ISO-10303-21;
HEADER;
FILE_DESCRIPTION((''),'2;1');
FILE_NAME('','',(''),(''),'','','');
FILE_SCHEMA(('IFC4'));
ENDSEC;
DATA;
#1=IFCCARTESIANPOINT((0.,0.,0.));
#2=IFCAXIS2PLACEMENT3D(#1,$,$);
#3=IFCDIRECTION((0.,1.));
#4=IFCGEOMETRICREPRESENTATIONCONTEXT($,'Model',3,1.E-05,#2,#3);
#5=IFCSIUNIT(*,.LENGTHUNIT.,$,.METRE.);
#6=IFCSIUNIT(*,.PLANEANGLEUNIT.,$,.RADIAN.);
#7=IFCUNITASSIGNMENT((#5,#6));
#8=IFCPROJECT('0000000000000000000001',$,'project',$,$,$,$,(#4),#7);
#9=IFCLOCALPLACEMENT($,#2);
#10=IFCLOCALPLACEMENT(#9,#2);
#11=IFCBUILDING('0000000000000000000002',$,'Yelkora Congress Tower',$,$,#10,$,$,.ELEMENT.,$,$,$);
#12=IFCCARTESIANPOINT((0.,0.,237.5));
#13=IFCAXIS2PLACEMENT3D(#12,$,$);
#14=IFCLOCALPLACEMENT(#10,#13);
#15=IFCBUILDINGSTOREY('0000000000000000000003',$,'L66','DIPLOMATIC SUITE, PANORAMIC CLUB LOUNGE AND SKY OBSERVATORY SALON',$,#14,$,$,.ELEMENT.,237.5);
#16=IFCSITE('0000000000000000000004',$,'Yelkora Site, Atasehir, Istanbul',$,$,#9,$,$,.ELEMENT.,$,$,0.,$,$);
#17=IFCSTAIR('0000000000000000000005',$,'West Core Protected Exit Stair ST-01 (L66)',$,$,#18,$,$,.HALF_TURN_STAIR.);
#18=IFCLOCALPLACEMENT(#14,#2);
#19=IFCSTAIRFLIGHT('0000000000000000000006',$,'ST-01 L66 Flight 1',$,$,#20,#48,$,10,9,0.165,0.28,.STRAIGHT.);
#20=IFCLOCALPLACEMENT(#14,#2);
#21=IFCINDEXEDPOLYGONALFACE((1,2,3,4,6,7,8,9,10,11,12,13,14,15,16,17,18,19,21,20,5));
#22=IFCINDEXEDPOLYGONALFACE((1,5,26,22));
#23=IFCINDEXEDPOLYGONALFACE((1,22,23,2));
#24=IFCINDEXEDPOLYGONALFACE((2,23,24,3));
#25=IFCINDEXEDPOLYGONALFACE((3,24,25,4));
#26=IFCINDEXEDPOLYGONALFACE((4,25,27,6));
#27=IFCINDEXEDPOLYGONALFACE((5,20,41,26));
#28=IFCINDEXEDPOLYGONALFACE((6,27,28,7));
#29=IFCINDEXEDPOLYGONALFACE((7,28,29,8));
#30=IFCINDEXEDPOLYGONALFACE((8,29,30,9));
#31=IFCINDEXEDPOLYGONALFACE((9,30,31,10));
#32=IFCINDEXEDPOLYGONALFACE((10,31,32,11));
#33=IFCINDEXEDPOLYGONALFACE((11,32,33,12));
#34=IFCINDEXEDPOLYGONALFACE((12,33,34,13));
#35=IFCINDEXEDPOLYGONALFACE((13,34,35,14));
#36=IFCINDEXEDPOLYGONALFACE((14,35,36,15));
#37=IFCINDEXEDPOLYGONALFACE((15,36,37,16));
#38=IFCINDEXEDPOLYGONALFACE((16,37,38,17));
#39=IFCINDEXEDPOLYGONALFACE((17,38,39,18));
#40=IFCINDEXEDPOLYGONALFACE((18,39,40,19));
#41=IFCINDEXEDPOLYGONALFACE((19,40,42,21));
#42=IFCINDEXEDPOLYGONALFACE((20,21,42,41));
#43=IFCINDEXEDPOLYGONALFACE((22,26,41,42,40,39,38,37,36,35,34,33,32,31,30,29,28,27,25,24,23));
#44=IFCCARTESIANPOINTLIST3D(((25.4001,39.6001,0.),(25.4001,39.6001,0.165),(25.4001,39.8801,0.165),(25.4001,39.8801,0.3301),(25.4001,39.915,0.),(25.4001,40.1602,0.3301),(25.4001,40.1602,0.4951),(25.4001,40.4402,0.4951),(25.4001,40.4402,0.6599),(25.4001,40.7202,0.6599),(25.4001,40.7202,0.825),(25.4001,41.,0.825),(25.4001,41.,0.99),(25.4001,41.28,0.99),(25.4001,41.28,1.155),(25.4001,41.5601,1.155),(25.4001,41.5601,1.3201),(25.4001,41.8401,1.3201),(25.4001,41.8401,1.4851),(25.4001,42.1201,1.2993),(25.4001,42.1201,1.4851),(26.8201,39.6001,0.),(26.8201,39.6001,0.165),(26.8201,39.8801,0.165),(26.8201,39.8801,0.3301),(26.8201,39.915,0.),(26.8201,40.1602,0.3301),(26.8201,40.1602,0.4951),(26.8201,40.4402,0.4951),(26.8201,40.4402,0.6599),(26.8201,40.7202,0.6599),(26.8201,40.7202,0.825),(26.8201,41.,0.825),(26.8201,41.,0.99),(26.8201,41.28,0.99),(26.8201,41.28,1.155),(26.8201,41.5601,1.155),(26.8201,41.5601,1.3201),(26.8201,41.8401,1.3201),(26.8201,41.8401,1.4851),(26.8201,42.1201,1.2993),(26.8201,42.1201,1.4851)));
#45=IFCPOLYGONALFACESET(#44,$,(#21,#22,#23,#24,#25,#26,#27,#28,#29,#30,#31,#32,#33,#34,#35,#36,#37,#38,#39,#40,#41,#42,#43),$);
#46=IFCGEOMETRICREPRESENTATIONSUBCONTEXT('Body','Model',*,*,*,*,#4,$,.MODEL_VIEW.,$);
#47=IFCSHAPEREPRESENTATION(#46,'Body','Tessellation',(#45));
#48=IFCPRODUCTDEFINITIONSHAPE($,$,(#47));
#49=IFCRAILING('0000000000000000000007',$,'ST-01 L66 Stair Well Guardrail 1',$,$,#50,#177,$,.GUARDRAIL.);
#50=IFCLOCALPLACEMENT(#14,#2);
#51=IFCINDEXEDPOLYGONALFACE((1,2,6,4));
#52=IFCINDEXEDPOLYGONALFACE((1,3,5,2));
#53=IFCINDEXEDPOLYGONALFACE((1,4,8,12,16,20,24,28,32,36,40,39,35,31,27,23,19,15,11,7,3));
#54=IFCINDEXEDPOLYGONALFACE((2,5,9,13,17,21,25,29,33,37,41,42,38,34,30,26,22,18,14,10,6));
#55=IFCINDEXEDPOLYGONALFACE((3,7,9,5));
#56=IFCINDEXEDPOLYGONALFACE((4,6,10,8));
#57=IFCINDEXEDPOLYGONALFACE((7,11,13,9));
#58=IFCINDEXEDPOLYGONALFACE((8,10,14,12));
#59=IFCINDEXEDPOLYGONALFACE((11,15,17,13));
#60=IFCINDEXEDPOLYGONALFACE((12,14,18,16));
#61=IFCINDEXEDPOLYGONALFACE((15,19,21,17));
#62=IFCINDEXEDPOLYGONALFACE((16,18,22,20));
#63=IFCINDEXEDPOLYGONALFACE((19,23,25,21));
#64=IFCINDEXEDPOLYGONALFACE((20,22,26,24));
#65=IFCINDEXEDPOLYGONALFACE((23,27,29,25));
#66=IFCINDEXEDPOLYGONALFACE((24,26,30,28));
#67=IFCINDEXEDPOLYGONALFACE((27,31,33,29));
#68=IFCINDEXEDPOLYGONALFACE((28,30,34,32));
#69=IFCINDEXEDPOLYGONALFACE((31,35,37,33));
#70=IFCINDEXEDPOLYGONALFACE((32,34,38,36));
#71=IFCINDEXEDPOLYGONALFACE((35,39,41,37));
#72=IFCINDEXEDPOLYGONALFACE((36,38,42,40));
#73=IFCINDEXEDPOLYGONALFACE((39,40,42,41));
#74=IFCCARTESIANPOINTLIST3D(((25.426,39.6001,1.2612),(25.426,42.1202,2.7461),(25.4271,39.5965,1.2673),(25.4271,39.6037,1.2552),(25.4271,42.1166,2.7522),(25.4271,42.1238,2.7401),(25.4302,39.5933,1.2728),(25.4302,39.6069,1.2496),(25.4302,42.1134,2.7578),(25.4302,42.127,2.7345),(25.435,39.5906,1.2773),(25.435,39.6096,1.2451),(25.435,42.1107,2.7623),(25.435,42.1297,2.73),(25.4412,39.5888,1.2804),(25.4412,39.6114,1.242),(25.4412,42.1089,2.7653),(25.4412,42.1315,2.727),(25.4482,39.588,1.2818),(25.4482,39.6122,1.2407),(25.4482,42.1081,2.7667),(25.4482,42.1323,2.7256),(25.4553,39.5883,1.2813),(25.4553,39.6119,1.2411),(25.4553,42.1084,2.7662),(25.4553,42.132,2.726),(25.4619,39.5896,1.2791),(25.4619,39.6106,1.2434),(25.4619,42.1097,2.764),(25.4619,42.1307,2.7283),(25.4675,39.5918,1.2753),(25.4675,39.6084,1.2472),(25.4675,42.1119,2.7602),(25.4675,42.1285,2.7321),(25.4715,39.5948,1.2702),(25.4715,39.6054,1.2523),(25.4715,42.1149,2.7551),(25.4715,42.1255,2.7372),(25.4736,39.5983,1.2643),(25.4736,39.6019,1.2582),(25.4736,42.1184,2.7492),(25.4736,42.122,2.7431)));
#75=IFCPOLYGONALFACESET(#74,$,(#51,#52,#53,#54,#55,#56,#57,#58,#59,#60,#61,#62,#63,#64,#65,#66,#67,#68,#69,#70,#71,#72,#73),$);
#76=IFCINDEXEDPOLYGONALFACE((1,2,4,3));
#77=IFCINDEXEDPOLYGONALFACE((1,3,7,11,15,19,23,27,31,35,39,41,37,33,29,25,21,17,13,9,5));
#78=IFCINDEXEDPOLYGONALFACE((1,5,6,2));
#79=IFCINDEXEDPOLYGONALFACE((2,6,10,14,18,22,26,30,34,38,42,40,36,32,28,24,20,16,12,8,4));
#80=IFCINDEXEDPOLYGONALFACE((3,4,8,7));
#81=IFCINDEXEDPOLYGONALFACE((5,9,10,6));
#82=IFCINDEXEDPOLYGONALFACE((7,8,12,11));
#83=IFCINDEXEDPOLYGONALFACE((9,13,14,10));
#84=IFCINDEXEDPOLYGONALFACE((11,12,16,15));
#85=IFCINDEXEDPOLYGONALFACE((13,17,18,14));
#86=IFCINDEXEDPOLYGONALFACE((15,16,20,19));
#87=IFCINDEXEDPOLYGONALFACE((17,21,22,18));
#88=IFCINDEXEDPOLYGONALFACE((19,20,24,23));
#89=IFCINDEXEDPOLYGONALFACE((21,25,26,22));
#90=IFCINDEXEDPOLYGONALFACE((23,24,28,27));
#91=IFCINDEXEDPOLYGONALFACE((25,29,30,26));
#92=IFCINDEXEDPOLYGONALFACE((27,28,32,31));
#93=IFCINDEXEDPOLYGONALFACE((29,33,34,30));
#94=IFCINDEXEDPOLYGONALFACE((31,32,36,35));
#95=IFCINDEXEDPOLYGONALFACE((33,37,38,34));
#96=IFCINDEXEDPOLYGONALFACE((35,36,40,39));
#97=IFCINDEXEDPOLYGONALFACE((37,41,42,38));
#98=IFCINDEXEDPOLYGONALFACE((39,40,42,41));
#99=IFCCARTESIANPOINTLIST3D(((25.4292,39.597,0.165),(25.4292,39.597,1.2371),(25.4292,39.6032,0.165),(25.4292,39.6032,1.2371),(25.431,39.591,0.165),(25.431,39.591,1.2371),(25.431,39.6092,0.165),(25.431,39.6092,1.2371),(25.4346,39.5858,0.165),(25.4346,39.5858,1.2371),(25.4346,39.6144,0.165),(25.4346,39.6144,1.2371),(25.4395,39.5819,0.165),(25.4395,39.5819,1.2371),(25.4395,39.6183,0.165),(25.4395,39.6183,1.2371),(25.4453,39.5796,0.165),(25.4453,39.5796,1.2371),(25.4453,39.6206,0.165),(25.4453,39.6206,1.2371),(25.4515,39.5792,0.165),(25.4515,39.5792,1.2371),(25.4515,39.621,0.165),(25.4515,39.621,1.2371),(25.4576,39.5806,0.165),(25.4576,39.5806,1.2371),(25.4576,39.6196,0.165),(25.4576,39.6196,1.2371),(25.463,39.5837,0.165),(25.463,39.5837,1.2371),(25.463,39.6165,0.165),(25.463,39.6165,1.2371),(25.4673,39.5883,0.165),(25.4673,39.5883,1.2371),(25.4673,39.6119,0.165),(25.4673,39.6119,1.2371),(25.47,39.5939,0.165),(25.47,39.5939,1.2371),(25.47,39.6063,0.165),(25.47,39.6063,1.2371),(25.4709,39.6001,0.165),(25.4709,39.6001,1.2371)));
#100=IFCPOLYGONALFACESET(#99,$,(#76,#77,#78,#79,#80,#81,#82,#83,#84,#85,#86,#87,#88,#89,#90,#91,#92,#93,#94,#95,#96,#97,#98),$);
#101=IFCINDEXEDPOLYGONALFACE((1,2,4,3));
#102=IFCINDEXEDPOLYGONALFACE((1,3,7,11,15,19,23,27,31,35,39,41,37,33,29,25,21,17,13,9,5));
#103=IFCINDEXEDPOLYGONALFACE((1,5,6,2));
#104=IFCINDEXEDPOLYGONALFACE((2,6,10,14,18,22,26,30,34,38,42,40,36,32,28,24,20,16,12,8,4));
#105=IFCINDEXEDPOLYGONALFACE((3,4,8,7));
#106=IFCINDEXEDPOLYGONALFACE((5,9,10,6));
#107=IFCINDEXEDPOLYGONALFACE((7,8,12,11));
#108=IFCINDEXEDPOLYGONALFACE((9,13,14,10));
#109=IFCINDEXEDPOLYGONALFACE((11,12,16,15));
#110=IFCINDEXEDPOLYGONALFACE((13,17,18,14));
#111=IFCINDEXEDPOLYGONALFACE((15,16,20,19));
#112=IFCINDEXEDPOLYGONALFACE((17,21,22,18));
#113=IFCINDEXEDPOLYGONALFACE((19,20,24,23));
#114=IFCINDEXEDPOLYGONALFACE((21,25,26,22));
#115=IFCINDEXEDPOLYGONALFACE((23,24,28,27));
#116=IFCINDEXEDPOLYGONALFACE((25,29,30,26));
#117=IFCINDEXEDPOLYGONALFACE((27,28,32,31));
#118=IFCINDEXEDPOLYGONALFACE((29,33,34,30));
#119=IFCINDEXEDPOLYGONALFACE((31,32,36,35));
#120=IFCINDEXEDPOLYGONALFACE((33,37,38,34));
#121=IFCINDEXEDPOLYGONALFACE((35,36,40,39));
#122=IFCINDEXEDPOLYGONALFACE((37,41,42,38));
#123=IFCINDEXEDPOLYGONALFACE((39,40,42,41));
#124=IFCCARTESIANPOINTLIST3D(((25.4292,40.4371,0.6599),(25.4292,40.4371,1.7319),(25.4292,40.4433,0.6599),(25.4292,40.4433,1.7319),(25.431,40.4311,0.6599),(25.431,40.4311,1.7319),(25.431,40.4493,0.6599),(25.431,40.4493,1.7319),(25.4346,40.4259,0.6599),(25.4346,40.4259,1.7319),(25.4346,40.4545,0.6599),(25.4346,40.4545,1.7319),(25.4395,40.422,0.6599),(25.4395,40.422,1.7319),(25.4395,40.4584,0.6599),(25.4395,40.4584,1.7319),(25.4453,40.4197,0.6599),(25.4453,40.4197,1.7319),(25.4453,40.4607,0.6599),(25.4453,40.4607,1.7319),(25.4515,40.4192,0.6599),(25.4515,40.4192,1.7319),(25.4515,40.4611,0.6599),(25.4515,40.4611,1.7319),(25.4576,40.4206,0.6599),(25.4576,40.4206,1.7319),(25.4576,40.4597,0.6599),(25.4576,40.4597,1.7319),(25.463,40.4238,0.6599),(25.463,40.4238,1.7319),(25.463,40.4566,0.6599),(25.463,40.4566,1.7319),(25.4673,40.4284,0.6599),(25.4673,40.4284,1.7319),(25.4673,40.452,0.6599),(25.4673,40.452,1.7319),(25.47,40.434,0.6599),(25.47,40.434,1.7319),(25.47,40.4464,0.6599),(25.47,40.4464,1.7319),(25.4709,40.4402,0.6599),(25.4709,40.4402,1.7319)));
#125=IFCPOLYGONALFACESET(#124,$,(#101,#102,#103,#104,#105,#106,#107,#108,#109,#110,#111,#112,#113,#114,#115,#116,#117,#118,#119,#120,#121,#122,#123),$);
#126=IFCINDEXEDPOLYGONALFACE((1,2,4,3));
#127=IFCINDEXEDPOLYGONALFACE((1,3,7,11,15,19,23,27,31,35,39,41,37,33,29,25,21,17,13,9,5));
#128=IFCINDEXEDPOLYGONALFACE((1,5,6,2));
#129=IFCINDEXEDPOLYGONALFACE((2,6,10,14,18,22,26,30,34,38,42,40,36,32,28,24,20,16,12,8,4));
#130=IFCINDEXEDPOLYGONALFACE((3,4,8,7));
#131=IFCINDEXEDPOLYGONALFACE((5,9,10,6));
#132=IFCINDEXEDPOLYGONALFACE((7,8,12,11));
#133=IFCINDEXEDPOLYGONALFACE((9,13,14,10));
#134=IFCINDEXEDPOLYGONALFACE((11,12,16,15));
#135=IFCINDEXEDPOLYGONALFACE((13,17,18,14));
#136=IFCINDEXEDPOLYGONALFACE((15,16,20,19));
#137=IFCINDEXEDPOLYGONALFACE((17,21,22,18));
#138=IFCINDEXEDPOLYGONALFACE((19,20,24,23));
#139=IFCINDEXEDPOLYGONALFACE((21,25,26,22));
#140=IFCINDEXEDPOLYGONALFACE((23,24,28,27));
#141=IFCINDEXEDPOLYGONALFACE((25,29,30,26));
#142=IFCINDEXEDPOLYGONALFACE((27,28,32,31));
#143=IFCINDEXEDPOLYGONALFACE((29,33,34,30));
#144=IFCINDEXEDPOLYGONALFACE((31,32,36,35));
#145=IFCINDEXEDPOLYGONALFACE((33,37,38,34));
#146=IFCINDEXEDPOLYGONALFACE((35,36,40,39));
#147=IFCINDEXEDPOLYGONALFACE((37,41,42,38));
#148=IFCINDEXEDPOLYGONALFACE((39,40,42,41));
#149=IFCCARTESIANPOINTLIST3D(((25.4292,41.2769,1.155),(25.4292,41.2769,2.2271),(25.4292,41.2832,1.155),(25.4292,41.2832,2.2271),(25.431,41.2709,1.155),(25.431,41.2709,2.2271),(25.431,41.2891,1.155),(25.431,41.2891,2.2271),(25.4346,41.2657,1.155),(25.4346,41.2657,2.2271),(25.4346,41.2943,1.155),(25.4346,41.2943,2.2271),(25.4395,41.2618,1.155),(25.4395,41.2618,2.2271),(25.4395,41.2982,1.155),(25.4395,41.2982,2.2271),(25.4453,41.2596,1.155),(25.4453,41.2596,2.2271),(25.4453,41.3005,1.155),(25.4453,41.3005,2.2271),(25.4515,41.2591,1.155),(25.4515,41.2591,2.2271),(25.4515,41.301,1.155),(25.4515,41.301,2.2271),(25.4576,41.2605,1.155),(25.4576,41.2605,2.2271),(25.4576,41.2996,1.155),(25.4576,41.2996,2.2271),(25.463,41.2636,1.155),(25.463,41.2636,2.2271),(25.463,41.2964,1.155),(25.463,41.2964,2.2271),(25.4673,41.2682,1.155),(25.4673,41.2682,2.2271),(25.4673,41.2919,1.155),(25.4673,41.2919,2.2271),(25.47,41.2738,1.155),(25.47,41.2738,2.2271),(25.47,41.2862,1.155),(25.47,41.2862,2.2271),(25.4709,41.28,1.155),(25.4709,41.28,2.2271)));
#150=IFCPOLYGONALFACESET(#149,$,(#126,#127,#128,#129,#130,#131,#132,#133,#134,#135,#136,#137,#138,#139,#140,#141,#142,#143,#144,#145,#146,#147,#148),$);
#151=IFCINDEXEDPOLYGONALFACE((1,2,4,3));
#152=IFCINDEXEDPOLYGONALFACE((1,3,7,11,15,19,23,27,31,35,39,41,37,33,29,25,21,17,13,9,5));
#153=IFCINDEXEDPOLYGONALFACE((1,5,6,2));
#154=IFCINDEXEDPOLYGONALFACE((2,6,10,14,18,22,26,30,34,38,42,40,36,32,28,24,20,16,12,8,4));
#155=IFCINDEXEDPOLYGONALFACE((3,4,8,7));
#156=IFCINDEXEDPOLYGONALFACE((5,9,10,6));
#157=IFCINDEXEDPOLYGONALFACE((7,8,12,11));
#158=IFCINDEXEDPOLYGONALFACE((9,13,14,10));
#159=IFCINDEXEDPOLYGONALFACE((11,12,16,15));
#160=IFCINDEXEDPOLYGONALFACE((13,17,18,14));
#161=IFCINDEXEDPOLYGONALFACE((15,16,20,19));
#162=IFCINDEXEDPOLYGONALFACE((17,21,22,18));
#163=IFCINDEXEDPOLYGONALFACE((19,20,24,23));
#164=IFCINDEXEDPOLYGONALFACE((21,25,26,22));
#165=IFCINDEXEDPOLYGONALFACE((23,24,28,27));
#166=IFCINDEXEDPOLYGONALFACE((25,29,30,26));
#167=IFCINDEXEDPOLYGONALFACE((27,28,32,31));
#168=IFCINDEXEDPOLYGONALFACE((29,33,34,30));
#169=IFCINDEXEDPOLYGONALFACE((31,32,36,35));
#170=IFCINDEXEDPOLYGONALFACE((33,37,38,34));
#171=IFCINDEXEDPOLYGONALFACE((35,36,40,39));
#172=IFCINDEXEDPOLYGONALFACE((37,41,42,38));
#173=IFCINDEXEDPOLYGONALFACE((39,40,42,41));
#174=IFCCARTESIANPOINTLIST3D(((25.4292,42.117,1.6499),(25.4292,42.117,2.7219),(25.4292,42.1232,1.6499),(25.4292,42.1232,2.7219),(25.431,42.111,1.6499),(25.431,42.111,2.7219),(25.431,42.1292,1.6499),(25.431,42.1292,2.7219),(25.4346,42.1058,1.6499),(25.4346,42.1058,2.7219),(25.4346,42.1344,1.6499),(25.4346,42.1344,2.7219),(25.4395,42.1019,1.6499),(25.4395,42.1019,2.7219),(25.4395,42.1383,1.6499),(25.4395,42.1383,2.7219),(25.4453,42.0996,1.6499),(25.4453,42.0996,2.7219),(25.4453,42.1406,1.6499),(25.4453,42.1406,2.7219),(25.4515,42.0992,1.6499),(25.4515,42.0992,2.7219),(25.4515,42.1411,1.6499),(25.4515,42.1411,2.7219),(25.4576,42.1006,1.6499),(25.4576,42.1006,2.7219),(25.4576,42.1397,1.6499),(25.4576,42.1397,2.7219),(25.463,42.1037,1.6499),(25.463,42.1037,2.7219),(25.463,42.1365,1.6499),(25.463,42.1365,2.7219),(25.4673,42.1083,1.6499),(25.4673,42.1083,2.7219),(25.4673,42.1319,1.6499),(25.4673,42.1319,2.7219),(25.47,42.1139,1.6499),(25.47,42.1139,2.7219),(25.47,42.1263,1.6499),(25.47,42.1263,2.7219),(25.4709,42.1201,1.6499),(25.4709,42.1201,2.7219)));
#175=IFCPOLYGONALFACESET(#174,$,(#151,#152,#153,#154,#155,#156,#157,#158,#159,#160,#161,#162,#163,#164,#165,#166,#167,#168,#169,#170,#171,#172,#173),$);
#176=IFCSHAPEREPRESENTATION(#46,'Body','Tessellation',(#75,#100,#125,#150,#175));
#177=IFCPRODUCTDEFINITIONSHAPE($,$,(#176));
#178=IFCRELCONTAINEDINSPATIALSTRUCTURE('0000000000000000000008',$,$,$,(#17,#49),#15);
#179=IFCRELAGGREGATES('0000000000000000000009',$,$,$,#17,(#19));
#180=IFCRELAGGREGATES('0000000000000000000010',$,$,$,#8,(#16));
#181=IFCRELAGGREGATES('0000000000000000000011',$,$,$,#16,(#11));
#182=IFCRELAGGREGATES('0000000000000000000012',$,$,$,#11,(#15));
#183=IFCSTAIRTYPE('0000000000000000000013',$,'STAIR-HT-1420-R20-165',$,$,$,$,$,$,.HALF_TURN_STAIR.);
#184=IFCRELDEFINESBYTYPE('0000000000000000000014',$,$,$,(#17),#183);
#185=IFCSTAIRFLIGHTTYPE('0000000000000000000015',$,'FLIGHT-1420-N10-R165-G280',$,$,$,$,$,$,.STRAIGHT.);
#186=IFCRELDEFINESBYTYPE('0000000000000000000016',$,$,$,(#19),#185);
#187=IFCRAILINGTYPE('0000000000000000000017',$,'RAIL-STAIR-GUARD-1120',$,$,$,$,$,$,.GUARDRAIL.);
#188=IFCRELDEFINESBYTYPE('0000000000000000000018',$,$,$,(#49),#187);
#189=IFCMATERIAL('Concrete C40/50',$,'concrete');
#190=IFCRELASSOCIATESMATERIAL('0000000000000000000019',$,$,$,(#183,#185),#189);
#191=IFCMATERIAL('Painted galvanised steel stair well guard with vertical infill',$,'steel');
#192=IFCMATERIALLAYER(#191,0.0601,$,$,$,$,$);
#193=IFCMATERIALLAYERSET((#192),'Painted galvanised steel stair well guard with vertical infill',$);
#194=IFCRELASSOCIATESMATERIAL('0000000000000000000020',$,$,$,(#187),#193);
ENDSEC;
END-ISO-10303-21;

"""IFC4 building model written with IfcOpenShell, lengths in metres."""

from ifc_helpers import new_model, si_unit, direction, frame, origin, origin_2d, place, context, subcontext, project, spatial, polyline, circle, outline, extrude, material, layer, layer_set, type_object, element, aggregate, save


model = new_model("IFC4")

# Units and contexts
model_context = context("Model", 3, precision=1e-05, world=origin(), true_north=direction((0.0, 1.0)))
body_context = subcontext(model_context, "Body", "Model", "MODEL_VIEW")
ifc_project = project(units=[si_unit("LENGTHUNIT", "METRE"), si_unit("PLANEANGLEUNIT", "RADIAN")], contexts=[model_context])

# Site, building, storey
site_placement = place(None, origin())
site = spatial("IfcSite", under=ifc_project, at=site_placement, Name="Yelkora Site, Atasehir, Istanbul", CompositionType="ELEMENT", RefElevation=0.0)
building_placement = place(site_placement, origin())
building = spatial("IfcBuilding", under=site, at=building_placement, Name="Yelkora Congress Tower", CompositionType="ELEMENT")
storey_placement = place(building_placement, frame((0.0, 0.0, 237.5)))
storey = spatial("IfcBuildingStorey", under=building, at=storey_placement, Name="L66", Description="DIPLOMATIC SUITE, PANORAMIC CLUB LOUNGE AND SKY OBSERVATORY SALON", CompositionType="ELEMENT", Elevation=237.5)

# Stair, stair flight
ifc_material_1 = material(Name="Concrete C40/50", Category="concrete")
stair_type = type_object("IfcStairType", Name="STAIR-HT-1420-R20-165", PredefinedType="HALF_TURN_STAIR", material=ifc_material_1)
stair_placement = place(storey_placement, origin())
stair = element("IfcStair", 1, at=stair_placement, inside=storey, type_object=stair_type, Name="West Core Protected Exit Stair ST-01 (L66)", PredefinedType="HALF_TURN_STAIR")
stair_flight_type = type_object("IfcStairFlightType", Name="FLIGHT-1420-N10-R165-G280", PredefinedType="STRAIGHT", material=ifc_material_1)
stair_flight_placement = place(storey_placement, frame((26.1101, 39.6001, 0.0), z_axis=(0.0, 0.0, 1.0), x_axis=(0.0, 1.0, 0.0)))
stair_flight = element("IfcStairFlight", 2, at=stair_flight_placement, type_object=stair_flight_type, Name="ST-01 L66 Flight 1", NumberOfRisers=10, NumberOfTreads=9, PredefinedType="STRAIGHT", RiserHeight=0.165, TreadLength=0.28, context=body_context, shape_type="SweptSolid", body=[
    extrude(outline(polyline([(0.0, 0.0), (0.0, 0.165), (0.28, 0.165), (0.28, 0.3301), (0.5601, 0.3301), (0.5601, 0.4951), (0.8401, 0.4951), (0.8401, 0.6599), (1.1201, 0.6599), (1.1201, 0.825), (1.3999, 0.825), (1.3999, 0.99), (1.6799, 0.99), (1.6799, 1.155), (1.96, 1.155), (1.96, 1.3201), (2.24, 1.3201), (2.24, 1.4851), (2.52, 1.4851), (2.52, 1.6499), (2.52, 1.2993), (0.3149, 0.0), (0.0, 0.0)])), frame((0.0, 0.71, 0.0), z_axis=(0.0, -1.0, 0.0), x_axis=(1.0, 0.0, 0.0)), (0.0, 0.0, 1.0), 1.4199),
])
aggregate(stair, [stair_flight])

# Railing
ifc_material_2 = material(Name="Painted galvanised steel stair well guard with vertical infill", Category="steel")
ifc_layer_1 = layer(ifc_material_2, 0.0601)
ifc_layer_set_1 = layer_set([ifc_layer_1], Name="Painted galvanised steel stair well guard with vertical infill")
railing_type_1 = type_object("IfcRailingType", Name="RAIL-STAIR-GUARD-1120", PredefinedType="GUARDRAIL", material=ifc_layer_set_1)
railing_1_placement = place(storey_placement, frame((25.45, 39.6001, 0.165)))
element("IfcRailing", 3, at=railing_1_placement, inside=storey, type_object=railing_type_1, Name="ST-01 L66 Stair Well Guardrail 1", PredefinedType="GUARDRAIL", context=body_context, shape_type="SweptSolid", body=[
    extrude(circle(Radius=0.0239, at=origin_2d()), frame((0.0, 0.0, 1.0962), z_axis=(0.0, 0.861561, 0.507655), x_axis=(-1.0, 0.0, 0.0)), (0.0, 0.0, 1.0), 2.925),
    extrude(circle(Radius=0.021, at=origin_2d()), origin(), (0.0, 0.0, 1.0), 1.072),
    extrude(circle(Radius=0.021, at=origin_2d()), frame((0.0, 0.8401, 0.4949)), (0.0, 0.0, 1.0), 1.072),
    extrude(circle(Radius=0.021, at=origin_2d()), frame((0.0, 1.6799, 0.99)), (0.0, 0.0, 1.0), 1.072),
    extrude(circle(Radius=0.021, at=origin_2d()), frame((0.0, 2.52, 1.4849)), (0.0, 0.0, 1.0), 1.072),
])

save(model, "model.ifc")
